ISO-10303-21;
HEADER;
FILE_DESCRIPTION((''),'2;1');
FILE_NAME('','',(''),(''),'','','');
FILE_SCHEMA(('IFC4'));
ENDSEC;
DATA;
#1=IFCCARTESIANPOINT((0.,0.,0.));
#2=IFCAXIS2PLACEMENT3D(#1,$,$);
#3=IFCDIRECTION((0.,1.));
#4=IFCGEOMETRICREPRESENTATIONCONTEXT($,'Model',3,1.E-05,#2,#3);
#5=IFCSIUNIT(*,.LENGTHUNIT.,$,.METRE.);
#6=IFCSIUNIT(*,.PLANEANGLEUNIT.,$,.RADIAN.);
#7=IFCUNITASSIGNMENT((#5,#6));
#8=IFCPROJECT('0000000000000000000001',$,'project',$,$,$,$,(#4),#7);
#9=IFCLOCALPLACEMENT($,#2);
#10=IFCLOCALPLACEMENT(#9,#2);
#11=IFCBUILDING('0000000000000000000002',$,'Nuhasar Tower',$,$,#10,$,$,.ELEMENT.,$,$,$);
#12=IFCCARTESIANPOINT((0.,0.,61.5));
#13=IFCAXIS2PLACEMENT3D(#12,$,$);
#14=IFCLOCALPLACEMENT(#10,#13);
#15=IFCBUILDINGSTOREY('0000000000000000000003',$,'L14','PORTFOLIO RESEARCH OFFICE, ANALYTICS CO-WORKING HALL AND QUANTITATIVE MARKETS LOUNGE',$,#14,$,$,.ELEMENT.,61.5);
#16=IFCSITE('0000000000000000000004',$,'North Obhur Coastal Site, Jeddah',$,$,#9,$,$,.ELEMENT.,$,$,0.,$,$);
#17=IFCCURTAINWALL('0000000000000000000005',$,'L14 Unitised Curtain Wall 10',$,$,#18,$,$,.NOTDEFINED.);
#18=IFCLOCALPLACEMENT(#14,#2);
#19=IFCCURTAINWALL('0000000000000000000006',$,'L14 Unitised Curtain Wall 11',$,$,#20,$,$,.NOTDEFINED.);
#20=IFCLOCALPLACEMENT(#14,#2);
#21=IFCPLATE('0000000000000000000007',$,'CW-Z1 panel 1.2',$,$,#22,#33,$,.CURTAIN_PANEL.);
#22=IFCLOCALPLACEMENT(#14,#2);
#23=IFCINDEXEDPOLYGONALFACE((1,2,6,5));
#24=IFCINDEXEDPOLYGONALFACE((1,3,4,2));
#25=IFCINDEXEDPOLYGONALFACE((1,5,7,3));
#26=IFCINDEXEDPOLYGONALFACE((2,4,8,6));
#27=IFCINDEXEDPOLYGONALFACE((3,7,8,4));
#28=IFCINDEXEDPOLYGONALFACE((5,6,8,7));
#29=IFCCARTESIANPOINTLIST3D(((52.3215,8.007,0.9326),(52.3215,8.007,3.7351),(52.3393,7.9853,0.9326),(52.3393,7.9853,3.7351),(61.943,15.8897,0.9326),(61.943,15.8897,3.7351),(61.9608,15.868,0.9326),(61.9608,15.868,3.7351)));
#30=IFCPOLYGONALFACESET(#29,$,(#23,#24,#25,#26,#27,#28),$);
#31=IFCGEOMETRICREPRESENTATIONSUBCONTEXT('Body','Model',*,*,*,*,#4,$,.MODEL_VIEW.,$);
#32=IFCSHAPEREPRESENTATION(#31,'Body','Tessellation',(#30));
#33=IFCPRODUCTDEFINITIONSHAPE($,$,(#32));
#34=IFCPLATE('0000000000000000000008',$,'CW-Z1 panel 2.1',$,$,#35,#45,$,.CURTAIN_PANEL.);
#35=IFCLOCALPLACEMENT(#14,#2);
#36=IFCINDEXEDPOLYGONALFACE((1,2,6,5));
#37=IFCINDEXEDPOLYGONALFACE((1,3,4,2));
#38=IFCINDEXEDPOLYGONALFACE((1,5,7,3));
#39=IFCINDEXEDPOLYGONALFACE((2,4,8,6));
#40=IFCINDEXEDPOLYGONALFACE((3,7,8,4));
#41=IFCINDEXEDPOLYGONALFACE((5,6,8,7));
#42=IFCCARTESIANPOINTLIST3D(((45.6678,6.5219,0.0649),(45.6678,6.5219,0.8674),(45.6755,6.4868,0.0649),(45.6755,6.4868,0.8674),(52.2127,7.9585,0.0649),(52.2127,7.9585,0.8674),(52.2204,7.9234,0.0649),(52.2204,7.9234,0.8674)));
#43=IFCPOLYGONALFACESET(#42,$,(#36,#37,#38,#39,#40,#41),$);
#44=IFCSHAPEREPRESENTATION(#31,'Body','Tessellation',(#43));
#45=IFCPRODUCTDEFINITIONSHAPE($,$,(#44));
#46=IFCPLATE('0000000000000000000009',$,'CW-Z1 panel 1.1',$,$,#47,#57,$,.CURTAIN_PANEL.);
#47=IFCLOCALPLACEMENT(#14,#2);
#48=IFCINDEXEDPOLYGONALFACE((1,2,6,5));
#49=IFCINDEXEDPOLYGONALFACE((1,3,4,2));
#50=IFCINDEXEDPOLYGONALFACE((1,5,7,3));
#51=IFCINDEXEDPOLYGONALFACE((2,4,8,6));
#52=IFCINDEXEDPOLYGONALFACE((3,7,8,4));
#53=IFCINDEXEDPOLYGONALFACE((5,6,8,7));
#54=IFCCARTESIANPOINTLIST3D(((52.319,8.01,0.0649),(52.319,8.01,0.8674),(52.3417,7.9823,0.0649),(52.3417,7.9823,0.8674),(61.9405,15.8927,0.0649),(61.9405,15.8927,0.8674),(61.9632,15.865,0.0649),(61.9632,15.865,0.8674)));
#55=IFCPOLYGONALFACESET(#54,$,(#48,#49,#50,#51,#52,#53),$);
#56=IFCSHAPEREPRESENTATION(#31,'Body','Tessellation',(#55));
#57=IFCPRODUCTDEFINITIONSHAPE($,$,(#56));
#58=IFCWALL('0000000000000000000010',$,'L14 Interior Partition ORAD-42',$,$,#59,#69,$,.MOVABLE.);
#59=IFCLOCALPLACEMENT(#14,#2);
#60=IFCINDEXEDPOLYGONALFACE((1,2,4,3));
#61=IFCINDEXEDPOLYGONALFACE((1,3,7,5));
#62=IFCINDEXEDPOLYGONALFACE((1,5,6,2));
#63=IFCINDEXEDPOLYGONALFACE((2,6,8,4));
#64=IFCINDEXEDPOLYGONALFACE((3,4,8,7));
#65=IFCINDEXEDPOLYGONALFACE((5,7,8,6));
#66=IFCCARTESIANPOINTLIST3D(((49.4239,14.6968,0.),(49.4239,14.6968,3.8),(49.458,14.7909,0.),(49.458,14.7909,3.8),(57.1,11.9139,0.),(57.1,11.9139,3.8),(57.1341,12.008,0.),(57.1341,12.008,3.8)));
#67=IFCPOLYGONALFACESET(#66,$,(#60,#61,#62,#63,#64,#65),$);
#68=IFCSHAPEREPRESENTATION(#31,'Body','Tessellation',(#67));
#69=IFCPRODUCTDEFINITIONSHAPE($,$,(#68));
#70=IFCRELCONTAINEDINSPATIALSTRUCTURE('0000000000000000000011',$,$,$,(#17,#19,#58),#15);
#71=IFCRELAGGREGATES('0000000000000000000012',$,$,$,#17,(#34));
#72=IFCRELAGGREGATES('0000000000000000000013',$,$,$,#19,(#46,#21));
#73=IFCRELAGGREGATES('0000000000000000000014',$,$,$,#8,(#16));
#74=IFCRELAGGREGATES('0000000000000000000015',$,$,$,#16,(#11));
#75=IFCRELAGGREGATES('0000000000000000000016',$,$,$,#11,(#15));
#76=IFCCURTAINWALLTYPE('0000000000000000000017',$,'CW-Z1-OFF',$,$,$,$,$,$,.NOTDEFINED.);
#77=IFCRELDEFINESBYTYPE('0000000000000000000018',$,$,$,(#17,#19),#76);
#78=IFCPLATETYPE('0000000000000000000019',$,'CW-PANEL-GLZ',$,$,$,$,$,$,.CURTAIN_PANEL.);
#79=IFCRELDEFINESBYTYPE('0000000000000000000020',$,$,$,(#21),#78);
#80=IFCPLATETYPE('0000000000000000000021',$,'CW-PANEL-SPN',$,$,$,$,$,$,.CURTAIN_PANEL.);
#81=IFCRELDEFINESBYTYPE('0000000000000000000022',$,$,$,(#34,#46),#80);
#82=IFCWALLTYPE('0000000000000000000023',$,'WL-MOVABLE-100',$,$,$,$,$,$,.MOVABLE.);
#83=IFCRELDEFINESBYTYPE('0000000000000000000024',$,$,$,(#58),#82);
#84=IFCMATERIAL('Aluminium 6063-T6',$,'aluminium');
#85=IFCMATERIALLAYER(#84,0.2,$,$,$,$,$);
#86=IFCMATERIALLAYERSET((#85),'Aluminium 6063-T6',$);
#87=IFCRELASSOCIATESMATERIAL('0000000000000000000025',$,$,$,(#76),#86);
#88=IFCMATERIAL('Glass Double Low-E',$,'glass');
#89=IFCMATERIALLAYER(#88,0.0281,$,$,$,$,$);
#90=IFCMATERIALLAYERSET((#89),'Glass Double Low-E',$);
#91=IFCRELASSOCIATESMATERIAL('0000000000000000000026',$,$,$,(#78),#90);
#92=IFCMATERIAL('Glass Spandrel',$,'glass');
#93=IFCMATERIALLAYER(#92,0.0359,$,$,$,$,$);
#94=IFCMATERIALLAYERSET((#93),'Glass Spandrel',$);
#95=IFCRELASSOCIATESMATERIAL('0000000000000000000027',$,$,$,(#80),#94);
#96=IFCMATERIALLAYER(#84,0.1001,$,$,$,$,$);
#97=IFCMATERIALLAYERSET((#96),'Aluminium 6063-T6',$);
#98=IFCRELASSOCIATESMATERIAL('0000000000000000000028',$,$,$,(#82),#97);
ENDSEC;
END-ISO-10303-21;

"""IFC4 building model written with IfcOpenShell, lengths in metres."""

from ifc_helpers import new_model, si_unit, direction, frame, frame_2d, origin, origin_2d, place, context, subcontext, project, spatial, rectangle, extrude, material, layer, layer_set, type_object, element, aggregate, save


model = new_model("IFC4")

# Units and contexts
model_context = context("Model", 3, precision=1e-05, world=origin(), true_north=direction((0.0, 1.0)))
body_context = subcontext(model_context, "Body", "Model", "MODEL_VIEW")
ifc_project = project(units=[si_unit("LENGTHUNIT", "METRE"), si_unit("PLANEANGLEUNIT", "RADIAN")], contexts=[model_context])

# Site, building, storey
site_placement = place(None, origin())
site = spatial("IfcSite", under=ifc_project, at=site_placement, Name="North Obhur Coastal Site, Jeddah", CompositionType="ELEMENT", RefElevation=0.0)
building_placement = place(site_placement, origin())
building = spatial("IfcBuilding", under=site, at=building_placement, Name="Nuhasar Tower", CompositionType="ELEMENT")
storey_placement = place(building_placement, frame((0.0, 0.0, 61.5)))
storey = spatial("IfcBuildingStorey", under=building, at=storey_placement, Name="L14", Description="PORTFOLIO RESEARCH OFFICE, ANALYTICS CO-WORKING HALL AND QUANTITATIVE MARKETS LOUNGE", CompositionType="ELEMENT", Elevation=61.5)

# Curtain wall
ifc_material_1 = material(Name="Aluminium 6063-T6", Category="aluminium")
ifc_layer_1 = layer(ifc_material_1, 0.2)
ifc_layer_set_1 = layer_set([ifc_layer_1], Name="Aluminium 6063-T6")
curtain_wall_type = type_object("IfcCurtainWallType", Name="CW-Z1-OFF", PredefinedType="NOTDEFINED", material=ifc_layer_set_1)
curtain_wall_1_placement = place(storey_placement, origin())
curtain_wall_1 = element("IfcCurtainWall", 1, at=curtain_wall_1_placement, inside=storey, type_object=curtain_wall_type, Name="L14 Unitised Curtain Wall 10", PredefinedType="NOTDEFINED")

# Curtain wall
curtain_wall_2_placement = place(storey_placement, origin())
curtain_wall_2 = element("IfcCurtainWall", 2, at=curtain_wall_2_placement, inside=storey, type_object=curtain_wall_type, Name="L14 Unitised Curtain Wall 11", PredefinedType="NOTDEFINED")

# Plates
ifc_material_2 = material(Name="Glass Double Low-E", Category="glass")
ifc_layer_2 = layer(ifc_material_2, 0.0281)
ifc_layer_set_2 = layer_set([ifc_layer_2], Name="Glass Double Low-E")
plate_type_1 = type_object("IfcPlateType", Name="CW-PANEL-GLZ", PredefinedType="CURTAIN_PANEL", material=ifc_layer_set_2)
plate_1_placement = place(storey_placement, frame((57.1411, 11.9375, 0.9326), z_axis=(0.0, 0.0, 1.0), x_axis=(0.773542, 0.633745, 0.0)))
plate_1 = element("IfcPlate", 3, at=plate_1_placement, type_object=plate_type_1, Name="CW-Z1 panel 1.2", PredefinedType="CURTAIN_PANEL", context=body_context, shape_type="SweptSolid", body=[
    extrude(rectangle(XDim=12.4382, YDim=0.0281, at=origin_2d()), origin(), (0.0, 0.0, 1.0), 2.8025),
])
ifc_material_3 = material(Name="Glass Spandrel", Category="glass")
ifc_layer_3 = layer(ifc_material_3, 0.0359)
ifc_layer_set_3 = layer_set([ifc_layer_3], Name="Glass Spandrel")
plate_type_2 = type_object("IfcPlateType", Name="CW-PANEL-SPN", PredefinedType="CURTAIN_PANEL", material=ifc_layer_set_3)
plate_2_placement = place(storey_placement, frame((48.9441, 7.2227, 0.0649), z_axis=(0.0, 0.0, 1.0), x_axis=(0.976746, 0.214399, 0.0)))
plate_2 = element("IfcPlate", 4, at=plate_2_placement, type_object=plate_type_2, Name="CW-Z1 panel 2.1", PredefinedType="CURTAIN_PANEL", context=body_context, shape_type="SweptSolid", body=[
    extrude(rectangle(XDim=6.7007, YDim=0.0359, at=origin_2d()), origin(), (0.0, 0.0, 1.0), 0.8025),
])
aggregate(curtain_wall_1, [plate_2])
plate_3_placement = place(storey_placement, frame((57.1411, 11.9375, 0.0649), z_axis=(0.0, 0.0, 1.0), x_axis=(0.773542, 0.633745, 0.0)))
plate_3 = element("IfcPlate", 5, at=plate_3_placement, type_object=plate_type_2, Name="CW-Z1 panel 1.1", PredefinedType="CURTAIN_PANEL", context=body_context, shape_type="SweptSolid", body=[
    extrude(rectangle(XDim=12.4382, YDim=0.0359, at=origin_2d()), origin(), (0.0, 0.0, 1.0), 0.8025),
])
aggregate(curtain_wall_2, [plate_3, plate_1])

# Wall
ifc_layer_4 = layer(ifc_material_1, 0.1001)
ifc_layer_set_4 = layer_set([ifc_layer_4], Name="Aluminium 6063-T6")
wall_type = type_object("IfcWallType", Name="WL-MOVABLE-100", PredefinedType="MOVABLE", material=ifc_layer_set_4)
wall_placement = place(storey_placement, frame((49.4409, 14.7439, 0.0), z_axis=(0.0, 0.0, 1.0), x_axis=(0.94012, -0.340843, 0.0)))
element("IfcWall", 6, at=wall_placement, inside=storey, type_object=wall_type, Name="L14 Interior Partition ORAD-42", PredefinedType="MOVABLE", context=body_context, shape_type="SweptSolid", body=[
    extrude(rectangle(XDim=8.165, YDim=0.1001, at=frame_2d((4.0825, 0.0))), origin(), (0.0, 0.0, 1.0), 3.8),
])

save(model, "model.ifc")
